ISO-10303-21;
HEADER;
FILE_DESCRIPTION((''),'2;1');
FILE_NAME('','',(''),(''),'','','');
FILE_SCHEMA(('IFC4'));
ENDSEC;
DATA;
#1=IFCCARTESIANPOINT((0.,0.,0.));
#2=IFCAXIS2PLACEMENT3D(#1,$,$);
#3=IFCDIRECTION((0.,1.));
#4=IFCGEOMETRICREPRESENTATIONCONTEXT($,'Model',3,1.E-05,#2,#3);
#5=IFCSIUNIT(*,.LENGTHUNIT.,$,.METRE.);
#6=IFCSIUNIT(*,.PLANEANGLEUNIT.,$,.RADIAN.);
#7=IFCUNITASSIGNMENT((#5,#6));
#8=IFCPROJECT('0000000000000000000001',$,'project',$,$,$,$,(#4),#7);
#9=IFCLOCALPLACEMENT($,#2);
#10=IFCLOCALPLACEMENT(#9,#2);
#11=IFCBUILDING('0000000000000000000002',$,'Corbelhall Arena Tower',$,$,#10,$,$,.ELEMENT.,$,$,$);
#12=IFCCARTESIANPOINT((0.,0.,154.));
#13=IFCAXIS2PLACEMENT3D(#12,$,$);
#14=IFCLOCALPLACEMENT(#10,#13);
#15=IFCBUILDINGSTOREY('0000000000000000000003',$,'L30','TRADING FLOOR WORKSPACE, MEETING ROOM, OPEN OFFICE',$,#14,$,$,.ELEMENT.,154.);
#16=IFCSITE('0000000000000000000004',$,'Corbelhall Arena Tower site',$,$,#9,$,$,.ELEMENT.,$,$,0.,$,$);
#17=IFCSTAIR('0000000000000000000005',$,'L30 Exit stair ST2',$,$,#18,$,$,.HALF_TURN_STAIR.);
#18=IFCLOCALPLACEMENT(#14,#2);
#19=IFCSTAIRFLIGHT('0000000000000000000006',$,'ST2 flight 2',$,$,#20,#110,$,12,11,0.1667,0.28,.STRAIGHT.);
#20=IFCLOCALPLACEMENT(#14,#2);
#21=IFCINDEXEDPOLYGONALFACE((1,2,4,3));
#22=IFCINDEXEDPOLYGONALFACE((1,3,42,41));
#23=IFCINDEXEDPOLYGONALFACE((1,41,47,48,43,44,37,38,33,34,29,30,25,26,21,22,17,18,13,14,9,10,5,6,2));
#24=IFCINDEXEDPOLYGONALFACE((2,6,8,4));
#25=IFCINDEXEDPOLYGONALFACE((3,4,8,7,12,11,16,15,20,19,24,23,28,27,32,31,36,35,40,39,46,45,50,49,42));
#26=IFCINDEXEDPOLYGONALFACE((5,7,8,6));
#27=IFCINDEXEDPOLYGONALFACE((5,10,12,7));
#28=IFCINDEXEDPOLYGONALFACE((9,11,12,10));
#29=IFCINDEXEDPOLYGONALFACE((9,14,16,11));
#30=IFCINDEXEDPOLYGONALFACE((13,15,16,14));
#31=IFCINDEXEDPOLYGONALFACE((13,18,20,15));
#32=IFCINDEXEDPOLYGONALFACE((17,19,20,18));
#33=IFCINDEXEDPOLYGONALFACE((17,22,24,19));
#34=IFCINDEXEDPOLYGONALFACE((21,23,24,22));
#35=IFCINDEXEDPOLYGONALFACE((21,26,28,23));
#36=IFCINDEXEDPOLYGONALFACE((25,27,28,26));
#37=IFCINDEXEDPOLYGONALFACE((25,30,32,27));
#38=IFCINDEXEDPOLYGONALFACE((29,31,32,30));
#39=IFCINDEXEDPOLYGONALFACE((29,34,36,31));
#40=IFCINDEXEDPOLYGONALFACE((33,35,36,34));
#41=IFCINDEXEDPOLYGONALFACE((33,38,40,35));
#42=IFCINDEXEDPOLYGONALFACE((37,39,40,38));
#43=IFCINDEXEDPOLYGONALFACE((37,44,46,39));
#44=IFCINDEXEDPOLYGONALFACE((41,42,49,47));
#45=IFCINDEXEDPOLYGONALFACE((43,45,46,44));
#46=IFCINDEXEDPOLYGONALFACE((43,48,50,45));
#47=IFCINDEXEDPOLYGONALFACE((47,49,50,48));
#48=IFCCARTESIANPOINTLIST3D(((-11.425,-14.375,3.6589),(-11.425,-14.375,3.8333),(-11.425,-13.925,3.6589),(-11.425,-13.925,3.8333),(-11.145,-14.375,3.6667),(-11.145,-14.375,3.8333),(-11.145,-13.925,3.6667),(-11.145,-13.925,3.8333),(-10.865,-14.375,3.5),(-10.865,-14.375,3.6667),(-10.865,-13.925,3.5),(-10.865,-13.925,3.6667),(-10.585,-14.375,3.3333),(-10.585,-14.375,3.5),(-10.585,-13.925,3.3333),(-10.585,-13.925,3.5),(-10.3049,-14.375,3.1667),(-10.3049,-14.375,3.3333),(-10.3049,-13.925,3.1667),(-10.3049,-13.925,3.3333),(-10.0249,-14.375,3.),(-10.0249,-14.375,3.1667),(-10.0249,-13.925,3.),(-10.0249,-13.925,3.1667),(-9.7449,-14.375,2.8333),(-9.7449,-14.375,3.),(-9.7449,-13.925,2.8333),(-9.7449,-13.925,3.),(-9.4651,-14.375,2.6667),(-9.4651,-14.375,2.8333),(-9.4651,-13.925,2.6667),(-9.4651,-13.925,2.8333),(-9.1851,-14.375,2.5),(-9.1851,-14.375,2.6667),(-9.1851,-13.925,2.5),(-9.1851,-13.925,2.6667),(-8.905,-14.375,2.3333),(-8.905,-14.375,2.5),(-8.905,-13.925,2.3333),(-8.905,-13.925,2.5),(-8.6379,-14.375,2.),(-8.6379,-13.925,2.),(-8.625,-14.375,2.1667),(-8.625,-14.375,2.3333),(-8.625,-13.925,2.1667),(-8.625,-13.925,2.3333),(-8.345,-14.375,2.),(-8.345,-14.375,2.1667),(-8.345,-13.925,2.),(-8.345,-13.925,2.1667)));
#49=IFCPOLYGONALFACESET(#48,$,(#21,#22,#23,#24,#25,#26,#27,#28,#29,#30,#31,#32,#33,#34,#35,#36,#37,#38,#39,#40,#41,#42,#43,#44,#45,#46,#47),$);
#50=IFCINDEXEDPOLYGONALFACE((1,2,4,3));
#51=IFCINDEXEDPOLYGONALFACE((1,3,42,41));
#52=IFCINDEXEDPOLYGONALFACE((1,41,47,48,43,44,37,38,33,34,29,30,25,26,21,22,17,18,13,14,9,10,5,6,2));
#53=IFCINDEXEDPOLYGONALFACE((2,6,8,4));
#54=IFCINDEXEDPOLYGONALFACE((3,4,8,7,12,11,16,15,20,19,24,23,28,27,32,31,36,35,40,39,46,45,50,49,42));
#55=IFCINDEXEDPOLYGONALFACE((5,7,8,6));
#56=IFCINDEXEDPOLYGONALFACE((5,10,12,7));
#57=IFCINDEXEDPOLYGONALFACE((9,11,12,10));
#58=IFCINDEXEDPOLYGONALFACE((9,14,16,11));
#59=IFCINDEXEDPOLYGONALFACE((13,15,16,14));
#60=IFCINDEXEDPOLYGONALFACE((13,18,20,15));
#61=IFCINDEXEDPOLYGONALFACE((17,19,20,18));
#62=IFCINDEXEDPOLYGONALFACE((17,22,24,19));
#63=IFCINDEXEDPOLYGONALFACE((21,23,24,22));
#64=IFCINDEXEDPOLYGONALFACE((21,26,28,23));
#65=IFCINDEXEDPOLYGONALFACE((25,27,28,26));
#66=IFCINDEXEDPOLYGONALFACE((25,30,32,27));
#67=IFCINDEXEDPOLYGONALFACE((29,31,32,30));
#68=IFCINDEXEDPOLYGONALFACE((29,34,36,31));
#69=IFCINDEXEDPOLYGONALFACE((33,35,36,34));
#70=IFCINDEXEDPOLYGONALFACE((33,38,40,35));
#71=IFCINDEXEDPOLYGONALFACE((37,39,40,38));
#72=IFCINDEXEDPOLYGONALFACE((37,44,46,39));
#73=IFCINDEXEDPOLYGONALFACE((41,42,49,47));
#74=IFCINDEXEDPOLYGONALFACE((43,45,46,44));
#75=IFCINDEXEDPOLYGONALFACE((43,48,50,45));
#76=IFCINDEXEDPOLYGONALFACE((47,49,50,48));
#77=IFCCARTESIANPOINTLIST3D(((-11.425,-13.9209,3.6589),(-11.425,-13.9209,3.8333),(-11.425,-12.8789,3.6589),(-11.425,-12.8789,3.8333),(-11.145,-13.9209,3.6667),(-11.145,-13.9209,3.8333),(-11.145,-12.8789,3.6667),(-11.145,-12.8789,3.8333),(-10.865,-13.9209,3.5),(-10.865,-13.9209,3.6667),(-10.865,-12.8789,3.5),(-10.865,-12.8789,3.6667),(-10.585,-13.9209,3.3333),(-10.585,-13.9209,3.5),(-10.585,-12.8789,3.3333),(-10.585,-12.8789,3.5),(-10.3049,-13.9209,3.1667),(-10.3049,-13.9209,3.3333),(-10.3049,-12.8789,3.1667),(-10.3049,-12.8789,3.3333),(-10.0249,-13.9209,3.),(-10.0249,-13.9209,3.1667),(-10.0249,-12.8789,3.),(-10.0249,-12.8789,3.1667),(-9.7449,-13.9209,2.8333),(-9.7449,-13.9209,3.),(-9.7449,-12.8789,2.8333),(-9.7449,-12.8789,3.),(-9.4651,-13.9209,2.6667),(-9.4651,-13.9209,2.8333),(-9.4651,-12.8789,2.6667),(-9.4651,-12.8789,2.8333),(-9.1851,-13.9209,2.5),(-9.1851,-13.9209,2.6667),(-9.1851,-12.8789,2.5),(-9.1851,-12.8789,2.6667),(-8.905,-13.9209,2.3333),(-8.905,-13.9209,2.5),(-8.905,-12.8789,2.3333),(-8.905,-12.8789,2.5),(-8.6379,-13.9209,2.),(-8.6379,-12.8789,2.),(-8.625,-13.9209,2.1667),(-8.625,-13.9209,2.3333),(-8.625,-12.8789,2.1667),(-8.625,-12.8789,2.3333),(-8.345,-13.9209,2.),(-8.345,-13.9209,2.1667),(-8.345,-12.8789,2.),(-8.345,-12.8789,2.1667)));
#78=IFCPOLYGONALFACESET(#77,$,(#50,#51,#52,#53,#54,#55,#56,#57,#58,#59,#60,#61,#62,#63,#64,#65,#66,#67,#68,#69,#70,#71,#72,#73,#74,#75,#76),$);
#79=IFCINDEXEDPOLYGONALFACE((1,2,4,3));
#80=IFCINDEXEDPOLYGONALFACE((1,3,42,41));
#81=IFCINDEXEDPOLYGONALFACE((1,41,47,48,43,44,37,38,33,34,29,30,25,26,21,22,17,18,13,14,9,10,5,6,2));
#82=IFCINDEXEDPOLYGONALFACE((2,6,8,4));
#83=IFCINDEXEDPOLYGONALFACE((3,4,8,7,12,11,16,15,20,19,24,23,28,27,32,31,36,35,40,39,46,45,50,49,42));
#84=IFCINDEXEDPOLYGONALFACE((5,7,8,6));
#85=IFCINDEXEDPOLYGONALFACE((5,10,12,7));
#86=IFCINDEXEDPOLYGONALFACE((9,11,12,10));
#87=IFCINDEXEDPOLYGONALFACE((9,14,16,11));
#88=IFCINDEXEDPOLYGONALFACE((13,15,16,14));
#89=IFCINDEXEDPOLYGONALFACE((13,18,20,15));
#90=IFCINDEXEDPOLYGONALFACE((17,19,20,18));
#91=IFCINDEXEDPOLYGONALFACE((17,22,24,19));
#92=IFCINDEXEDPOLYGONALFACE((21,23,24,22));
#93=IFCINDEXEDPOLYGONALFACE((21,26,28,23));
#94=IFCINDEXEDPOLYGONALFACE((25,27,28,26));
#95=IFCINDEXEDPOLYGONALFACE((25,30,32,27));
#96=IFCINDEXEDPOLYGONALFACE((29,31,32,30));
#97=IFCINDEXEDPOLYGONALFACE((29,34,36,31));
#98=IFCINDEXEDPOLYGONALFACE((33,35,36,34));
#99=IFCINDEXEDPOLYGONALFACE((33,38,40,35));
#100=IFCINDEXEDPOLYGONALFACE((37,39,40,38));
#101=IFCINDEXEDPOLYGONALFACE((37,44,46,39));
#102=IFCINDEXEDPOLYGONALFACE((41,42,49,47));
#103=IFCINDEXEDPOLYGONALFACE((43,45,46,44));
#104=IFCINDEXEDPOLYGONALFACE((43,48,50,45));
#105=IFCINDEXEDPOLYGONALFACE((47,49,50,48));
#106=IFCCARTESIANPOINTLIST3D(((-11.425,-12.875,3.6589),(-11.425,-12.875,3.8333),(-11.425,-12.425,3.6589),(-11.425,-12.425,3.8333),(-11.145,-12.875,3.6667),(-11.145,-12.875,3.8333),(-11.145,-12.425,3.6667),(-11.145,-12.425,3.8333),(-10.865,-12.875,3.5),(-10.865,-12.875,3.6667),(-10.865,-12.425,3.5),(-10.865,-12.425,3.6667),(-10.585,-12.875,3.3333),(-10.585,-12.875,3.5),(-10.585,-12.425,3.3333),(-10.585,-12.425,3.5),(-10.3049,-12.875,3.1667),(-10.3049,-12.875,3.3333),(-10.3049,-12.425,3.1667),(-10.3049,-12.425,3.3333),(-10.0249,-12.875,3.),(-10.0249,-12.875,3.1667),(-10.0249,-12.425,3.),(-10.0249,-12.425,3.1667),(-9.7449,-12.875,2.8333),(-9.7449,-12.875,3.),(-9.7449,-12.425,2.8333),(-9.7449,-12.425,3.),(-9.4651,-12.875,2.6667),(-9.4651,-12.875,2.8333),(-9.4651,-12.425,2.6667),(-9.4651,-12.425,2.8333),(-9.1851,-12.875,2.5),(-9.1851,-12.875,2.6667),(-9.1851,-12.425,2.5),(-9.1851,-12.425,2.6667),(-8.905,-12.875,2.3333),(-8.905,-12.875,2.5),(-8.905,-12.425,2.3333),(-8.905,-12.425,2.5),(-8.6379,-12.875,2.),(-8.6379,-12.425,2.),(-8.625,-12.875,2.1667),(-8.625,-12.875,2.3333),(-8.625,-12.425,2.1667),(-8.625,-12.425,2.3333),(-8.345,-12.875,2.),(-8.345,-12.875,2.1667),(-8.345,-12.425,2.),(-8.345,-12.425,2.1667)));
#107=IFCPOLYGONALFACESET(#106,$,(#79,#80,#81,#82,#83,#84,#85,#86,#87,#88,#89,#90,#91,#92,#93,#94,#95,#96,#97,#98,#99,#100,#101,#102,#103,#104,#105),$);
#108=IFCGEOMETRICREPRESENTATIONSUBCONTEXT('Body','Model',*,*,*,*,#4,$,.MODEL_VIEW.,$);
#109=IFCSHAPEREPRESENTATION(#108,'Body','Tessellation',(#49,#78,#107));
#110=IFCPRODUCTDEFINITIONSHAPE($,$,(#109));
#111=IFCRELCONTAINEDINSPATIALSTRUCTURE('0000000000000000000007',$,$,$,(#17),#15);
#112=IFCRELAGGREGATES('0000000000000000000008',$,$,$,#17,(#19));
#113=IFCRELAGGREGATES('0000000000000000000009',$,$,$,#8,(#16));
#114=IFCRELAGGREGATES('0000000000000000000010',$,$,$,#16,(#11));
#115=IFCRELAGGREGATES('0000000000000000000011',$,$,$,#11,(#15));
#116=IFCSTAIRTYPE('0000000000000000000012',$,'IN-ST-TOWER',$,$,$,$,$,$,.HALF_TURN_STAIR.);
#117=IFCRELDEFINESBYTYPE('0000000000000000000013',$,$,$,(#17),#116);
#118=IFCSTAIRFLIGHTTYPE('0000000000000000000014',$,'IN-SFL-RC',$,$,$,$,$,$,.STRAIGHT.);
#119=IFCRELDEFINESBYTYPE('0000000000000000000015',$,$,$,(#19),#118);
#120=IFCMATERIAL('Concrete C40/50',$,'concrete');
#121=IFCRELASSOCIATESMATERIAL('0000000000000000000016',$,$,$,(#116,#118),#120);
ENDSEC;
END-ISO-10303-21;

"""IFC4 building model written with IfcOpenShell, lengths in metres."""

from ifc_helpers import new_model, si_unit, direction, frame, origin, place, context, subcontext, project, spatial, polyline, outline, extrude, material, type_object, element, aggregate, save


model = new_model("IFC4")

# Units and contexts
model_context = context("Model", 3, precision=1e-05, world=origin(), true_north=direction((0.0, 1.0)))
body_context = subcontext(model_context, "Body", "Model", "MODEL_VIEW")
ifc_project = project(units=[si_unit("LENGTHUNIT", "METRE"), si_unit("PLANEANGLEUNIT", "RADIAN")], contexts=[model_context])

# Site, building, storey
site_placement = place(None, origin())
site = spatial("IfcSite", under=ifc_project, at=site_placement, Name="Corbelhall Arena Tower site", CompositionType="ELEMENT", RefElevation=0.0)
building_placement = place(site_placement, origin())
building = spatial("IfcBuilding", under=site, at=building_placement, Name="Corbelhall Arena Tower", CompositionType="ELEMENT")
storey_placement = place(building_placement, frame((0.0, 0.0, 154.0)))
storey = spatial("IfcBuildingStorey", under=building, at=storey_placement, Name="L30", Description="TRADING FLOOR WORKSPACE, MEETING ROOM, OPEN OFFICE", CompositionType="ELEMENT", Elevation=154.0)

# Shared definitions
ifc_material_1 = material(Name="Concrete C40/50", Category="concrete")

# Stair, stair flight
stair_type = type_object("IfcStairType", Name="IN-ST-TOWER", PredefinedType="HALF_TURN_STAIR", material=ifc_material_1)
stair_placement = place(storey_placement, origin())
stair = element("IfcStair", 1, at=stair_placement, inside=storey, type_object=stair_type, Name="L30 Exit stair ST2", PredefinedType="HALF_TURN_STAIR")
stair_flight_type = type_object("IfcStairFlightType", Name="IN-SFL-RC", PredefinedType="STRAIGHT", material=ifc_material_1)
stair_flight_1_placement = place(storey_placement, frame((-8.345, -13.3999, 2.0), z_axis=(0.0, 0.0, 1.0), x_axis=(-1.0, 0.0, 0.0)))
stair_flight_1 = element("IfcStairFlight", 2, at=stair_flight_1_placement, type_object=stair_flight_type, Name="ST2 flight 2", NumberOfRisers=12, NumberOfTreads=11, PredefinedType="STRAIGHT", RiserHeight=0.1667, TreadLength=0.28, context=body_context, shape_type="SweptSolid", body=[
    extrude(outline(polyline([(0.0, 0.0), (0.0, 0.1667), (0.28, 0.1667), (0.28, 0.3333), (0.5601, 0.3333), (0.5601, 0.5), (0.8401, 0.5), (0.8401, 0.6667), (1.1201, 0.6667), (1.1201, 0.8333), (1.3999, 0.8333), (1.3999, 1.0), (1.6799, 1.0), (1.6799, 1.1667), (1.96, 1.1667), (1.96, 1.3333), (2.24, 1.3333), (2.24, 1.5), (2.52, 1.5), (2.52, 1.6667), (2.8, 1.6667), (2.8, 1.8333), (3.0801, 1.8333), (3.0801, 2.0), (3.0801, 1.6589), (0.293, 0.0), (0.0, 0.0)])), frame((0.0, 0.9751, 0.0), z_axis=(0.0, -1.0, 0.0), x_axis=(1.0, 0.0, 0.0)), (0.0, 0.0, 1.0), 0.45),
    extrude(outline(polyline([(0.0, 0.0), (0.0, 0.1667), (0.28, 0.1667), (0.28, 0.3333), (0.5601, 0.3333), (0.5601, 0.5), (0.8401, 0.5), (0.8401, 0.6667), (1.1201, 0.6667), (1.1201, 0.8333), (1.3999, 0.8333), (1.3999, 1.0), (1.6799, 1.0), (1.6799, 1.1667), (1.96, 1.1667), (1.96, 1.3333), (2.24, 1.3333), (2.24, 1.5), (2.52, 1.5), (2.52, 1.6667), (2.8, 1.6667), (2.8, 1.8333), (3.0801, 1.8333), (3.0801, 2.0), (3.0801, 1.6589), (0.293, 0.0), (0.0, 0.0)])), frame((0.0, 0.521, 0.0), z_axis=(0.0, -1.0, 0.0), x_axis=(1.0, 0.0, 0.0)), (0.0, 0.0, 1.0), 1.042),
    extrude(outline(polyline([(0.0, 0.0), (0.0, 0.1667), (0.28, 0.1667), (0.28, 0.3333), (0.5601, 0.3333), (0.5601, 0.5), (0.8401, 0.5), (0.8401, 0.6667), (1.1201, 0.6667), (1.1201, 0.8333), (1.3999, 0.8333), (1.3999, 1.0), (1.6799, 1.0), (1.6799, 1.1667), (1.96, 1.1667), (1.96, 1.3333), (2.24, 1.3333), (2.24, 1.5), (2.52, 1.5), (2.52, 1.6667), (2.8, 1.6667), (2.8, 1.8333), (3.0801, 1.8333), (3.0801, 2.0), (3.0801, 1.6589), (0.293, 0.0), (0.0, 0.0)])), frame((0.0, -0.5249, 0.0), z_axis=(0.0, -1.0, 0.0), x_axis=(1.0, 0.0, 0.0)), (0.0, 0.0, 1.0), 0.45),
])
aggregate(stair, [stair_flight_1])

save(model, "model.ifc")
